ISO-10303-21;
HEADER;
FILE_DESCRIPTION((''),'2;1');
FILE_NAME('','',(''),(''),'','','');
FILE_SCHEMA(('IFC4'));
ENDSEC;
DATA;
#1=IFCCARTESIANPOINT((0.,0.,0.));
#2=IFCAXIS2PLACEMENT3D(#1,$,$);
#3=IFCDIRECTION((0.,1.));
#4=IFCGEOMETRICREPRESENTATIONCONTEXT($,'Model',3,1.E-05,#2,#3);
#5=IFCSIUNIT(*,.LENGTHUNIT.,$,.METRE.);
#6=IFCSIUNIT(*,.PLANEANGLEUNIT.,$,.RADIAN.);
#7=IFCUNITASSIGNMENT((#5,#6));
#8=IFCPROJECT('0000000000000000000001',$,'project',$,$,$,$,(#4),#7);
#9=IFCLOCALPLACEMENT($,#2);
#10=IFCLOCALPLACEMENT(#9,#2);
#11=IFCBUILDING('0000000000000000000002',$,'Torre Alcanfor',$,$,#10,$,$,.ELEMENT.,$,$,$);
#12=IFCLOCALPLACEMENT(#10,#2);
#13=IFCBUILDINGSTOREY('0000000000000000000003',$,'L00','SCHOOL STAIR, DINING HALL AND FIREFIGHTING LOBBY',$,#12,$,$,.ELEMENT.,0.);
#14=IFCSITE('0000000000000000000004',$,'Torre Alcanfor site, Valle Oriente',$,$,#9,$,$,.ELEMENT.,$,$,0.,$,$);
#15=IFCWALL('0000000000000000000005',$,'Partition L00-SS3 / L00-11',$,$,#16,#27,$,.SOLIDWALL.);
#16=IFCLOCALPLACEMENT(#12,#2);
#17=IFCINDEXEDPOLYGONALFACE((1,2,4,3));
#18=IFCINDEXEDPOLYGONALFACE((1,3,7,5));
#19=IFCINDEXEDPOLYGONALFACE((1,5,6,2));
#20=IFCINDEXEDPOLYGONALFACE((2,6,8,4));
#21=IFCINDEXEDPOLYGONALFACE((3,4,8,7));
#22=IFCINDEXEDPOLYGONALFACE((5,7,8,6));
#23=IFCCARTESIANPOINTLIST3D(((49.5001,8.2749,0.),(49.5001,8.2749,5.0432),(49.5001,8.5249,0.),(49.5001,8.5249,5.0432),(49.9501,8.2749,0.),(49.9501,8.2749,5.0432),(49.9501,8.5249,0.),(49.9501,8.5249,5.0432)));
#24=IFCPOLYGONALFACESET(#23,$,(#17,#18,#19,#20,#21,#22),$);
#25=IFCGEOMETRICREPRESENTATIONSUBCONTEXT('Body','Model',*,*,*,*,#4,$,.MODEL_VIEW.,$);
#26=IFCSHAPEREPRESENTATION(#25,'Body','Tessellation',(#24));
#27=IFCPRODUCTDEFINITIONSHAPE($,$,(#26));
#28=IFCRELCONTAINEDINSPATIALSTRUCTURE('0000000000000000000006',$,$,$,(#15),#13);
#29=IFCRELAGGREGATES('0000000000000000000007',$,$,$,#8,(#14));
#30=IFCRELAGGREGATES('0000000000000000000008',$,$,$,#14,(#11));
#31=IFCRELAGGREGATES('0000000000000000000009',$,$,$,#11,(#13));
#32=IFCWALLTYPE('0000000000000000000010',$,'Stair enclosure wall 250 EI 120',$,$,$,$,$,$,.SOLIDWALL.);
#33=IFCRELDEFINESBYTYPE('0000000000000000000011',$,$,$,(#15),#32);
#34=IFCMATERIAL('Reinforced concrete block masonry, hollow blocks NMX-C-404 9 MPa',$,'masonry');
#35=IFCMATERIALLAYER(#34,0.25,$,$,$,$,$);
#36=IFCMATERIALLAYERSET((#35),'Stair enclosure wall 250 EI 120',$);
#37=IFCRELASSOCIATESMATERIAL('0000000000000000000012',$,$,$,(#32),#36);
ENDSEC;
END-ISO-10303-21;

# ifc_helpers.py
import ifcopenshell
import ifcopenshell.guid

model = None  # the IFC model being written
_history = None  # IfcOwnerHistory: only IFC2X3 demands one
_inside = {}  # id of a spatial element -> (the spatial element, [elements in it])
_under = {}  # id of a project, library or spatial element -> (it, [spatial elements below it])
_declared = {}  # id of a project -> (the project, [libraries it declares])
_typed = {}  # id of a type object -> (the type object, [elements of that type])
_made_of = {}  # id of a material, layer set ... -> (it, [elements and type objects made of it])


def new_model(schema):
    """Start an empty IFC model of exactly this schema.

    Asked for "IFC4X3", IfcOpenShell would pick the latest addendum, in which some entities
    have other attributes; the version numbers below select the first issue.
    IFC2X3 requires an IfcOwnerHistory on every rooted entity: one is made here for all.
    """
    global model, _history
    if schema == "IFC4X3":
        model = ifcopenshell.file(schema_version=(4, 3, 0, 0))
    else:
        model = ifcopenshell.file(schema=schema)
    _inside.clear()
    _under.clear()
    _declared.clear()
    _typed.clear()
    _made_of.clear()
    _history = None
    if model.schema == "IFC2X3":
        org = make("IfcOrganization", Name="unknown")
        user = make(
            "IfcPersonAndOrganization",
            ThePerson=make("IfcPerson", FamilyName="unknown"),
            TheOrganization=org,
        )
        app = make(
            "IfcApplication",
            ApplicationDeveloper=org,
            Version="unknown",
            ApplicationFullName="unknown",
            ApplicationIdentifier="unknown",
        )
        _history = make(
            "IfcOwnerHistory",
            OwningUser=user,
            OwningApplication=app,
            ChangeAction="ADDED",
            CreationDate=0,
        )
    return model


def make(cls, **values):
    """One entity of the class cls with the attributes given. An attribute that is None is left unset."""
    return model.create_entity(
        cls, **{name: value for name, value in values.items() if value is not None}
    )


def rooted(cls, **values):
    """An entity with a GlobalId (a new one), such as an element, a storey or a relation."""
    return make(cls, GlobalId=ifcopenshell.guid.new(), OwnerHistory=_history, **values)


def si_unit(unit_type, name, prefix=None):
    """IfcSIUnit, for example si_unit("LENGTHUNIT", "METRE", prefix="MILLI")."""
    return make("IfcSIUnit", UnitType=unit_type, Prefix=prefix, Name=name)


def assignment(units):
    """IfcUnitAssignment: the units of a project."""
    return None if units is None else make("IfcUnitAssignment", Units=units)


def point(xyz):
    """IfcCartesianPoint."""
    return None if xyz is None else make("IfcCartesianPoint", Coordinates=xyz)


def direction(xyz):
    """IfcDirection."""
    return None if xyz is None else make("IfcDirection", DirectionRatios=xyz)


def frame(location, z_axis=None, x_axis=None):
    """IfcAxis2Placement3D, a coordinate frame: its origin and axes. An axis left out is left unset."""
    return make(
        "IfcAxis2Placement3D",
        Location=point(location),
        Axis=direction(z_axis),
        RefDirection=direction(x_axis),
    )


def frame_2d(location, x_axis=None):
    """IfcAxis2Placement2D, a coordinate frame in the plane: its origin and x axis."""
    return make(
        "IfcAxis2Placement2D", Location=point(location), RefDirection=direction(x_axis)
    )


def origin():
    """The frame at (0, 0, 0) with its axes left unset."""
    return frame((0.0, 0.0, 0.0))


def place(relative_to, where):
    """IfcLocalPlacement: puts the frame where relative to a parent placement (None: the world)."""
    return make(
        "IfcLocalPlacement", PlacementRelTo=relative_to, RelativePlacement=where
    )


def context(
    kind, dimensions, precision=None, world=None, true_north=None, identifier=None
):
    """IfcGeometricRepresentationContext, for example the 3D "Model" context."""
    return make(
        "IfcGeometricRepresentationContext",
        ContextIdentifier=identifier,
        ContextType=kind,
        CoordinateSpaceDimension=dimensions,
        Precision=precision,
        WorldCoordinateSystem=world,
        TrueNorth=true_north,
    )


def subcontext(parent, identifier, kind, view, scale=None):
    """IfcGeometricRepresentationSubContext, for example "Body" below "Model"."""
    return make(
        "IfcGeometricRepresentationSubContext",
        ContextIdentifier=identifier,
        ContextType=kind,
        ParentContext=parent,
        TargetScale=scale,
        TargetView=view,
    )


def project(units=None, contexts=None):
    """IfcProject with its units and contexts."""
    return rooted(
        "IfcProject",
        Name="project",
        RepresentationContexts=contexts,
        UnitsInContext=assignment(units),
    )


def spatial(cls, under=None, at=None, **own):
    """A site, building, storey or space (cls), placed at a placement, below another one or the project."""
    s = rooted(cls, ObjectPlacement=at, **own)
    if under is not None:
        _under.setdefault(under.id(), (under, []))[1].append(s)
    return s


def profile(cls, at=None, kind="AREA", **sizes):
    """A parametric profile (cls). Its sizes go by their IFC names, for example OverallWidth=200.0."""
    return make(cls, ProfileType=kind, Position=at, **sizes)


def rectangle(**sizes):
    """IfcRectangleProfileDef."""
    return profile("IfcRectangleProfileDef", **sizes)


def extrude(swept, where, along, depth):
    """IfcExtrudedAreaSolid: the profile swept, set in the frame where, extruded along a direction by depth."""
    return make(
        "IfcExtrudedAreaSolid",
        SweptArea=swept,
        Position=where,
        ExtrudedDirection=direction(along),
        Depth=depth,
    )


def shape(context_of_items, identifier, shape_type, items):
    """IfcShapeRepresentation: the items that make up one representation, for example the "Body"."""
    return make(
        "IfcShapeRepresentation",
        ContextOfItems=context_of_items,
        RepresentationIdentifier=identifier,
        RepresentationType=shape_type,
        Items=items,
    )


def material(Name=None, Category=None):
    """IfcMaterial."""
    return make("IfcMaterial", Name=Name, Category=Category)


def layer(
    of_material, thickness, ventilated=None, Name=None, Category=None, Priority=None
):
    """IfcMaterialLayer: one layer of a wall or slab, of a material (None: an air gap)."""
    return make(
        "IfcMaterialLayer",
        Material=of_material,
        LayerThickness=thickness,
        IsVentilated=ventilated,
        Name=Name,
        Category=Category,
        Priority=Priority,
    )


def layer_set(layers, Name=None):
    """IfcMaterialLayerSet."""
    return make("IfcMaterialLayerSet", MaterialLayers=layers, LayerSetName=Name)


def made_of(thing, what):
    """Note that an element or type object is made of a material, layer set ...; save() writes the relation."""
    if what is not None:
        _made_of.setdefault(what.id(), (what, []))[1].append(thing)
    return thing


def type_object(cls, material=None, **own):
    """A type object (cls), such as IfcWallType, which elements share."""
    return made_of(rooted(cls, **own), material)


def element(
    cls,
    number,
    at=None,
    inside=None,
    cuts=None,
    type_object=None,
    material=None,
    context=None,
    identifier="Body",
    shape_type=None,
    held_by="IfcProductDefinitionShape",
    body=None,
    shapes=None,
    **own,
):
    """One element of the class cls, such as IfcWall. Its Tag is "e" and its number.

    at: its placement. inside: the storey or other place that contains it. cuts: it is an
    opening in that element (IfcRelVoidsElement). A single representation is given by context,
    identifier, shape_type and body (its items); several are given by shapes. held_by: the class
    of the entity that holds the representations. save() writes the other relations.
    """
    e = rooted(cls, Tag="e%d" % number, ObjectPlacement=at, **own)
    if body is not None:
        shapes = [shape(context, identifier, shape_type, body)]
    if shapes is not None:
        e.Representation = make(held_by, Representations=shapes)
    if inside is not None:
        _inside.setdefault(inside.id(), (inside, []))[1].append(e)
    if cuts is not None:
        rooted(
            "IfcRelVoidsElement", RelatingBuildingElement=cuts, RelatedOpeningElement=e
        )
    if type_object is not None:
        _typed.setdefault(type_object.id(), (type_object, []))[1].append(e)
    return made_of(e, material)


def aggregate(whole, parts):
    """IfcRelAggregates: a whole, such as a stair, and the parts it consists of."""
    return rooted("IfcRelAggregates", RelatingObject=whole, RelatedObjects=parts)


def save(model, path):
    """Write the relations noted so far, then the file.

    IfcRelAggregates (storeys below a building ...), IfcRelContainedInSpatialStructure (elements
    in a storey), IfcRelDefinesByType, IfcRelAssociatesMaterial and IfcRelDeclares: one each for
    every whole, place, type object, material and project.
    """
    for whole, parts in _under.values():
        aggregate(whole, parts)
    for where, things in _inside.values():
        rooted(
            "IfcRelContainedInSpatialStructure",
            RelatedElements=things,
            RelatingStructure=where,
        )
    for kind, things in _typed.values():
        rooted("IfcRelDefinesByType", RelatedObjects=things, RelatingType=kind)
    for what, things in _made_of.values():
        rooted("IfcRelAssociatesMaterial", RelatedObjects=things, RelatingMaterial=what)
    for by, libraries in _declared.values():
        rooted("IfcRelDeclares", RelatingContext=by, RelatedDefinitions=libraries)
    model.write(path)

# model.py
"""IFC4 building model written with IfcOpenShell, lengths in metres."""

from ifc_helpers import new_model, si_unit, direction, frame, frame_2d, origin, place, context, subcontext, project, spatial, rectangle, extrude, material, layer, layer_set, type_object, element, save


model = new_model("IFC4")

# Units and contexts
model_context = context("Model", 3, precision=1e-05, world=origin(), true_north=direction((0.0, 1.0)))
body_context = subcontext(model_context, "Body", "Model", "MODEL_VIEW")
ifc_project = project(units=[si_unit("LENGTHUNIT", "METRE"), si_unit("PLANEANGLEUNIT", "RADIAN")], contexts=[model_context])

# Site, building, storey
site_placement = place(None, origin())
site = spatial("IfcSite", under=ifc_project, at=site_placement, Name="Torre Alcanfor site, Valle Oriente", CompositionType="ELEMENT", RefElevation=0.0)
building_placement = place(site_placement, origin())
building = spatial("IfcBuilding", under=site, at=building_placement, Name="Torre Alcanfor", CompositionType="ELEMENT")
storey_placement = place(building_placement, origin())
storey = spatial("IfcBuildingStorey", under=building, at=storey_placement, Name="L00", Description="SCHOOL STAIR, DINING HALL AND FIREFIGHTING LOBBY", CompositionType="ELEMENT", Elevation=0.0)

# Wall
ifc_material_1 = material(Name="Reinforced concrete block masonry, hollow blocks NMX-C-404 9 MPa", Category="masonry")
ifc_layer_1 = layer(ifc_material_1, 0.25)
ifc_layer_set_1 = layer_set([ifc_layer_1], Name="Stair enclosure wall 250 EI 120")
wall_type_1 = type_object("IfcWallType", Name="Stair enclosure wall 250 EI 120", PredefinedType="SOLIDWALL", material=ifc_layer_set_1)
wall_1_placement = place(storey_placement, frame((49.5, 8.3999, 0.0), z_axis=(0.0, 0.0, 1.0), x_axis=(1.0, 0.0, 0.0)))
element("IfcWall", 1, at=wall_1_placement, inside=storey, type_object=wall_type_1, Name="Partition L00-SS3 / L00-11", PredefinedType="SOLIDWALL", context=body_context, shape_type="SweptSolid", body=[
    extrude(rectangle(XDim=0.45, YDim=0.25, at=frame_2d((0.2251, 0.0))), origin(), (0.0, 0.0, 1.0), 5.0432),
])

save(model, "model.ifc")
